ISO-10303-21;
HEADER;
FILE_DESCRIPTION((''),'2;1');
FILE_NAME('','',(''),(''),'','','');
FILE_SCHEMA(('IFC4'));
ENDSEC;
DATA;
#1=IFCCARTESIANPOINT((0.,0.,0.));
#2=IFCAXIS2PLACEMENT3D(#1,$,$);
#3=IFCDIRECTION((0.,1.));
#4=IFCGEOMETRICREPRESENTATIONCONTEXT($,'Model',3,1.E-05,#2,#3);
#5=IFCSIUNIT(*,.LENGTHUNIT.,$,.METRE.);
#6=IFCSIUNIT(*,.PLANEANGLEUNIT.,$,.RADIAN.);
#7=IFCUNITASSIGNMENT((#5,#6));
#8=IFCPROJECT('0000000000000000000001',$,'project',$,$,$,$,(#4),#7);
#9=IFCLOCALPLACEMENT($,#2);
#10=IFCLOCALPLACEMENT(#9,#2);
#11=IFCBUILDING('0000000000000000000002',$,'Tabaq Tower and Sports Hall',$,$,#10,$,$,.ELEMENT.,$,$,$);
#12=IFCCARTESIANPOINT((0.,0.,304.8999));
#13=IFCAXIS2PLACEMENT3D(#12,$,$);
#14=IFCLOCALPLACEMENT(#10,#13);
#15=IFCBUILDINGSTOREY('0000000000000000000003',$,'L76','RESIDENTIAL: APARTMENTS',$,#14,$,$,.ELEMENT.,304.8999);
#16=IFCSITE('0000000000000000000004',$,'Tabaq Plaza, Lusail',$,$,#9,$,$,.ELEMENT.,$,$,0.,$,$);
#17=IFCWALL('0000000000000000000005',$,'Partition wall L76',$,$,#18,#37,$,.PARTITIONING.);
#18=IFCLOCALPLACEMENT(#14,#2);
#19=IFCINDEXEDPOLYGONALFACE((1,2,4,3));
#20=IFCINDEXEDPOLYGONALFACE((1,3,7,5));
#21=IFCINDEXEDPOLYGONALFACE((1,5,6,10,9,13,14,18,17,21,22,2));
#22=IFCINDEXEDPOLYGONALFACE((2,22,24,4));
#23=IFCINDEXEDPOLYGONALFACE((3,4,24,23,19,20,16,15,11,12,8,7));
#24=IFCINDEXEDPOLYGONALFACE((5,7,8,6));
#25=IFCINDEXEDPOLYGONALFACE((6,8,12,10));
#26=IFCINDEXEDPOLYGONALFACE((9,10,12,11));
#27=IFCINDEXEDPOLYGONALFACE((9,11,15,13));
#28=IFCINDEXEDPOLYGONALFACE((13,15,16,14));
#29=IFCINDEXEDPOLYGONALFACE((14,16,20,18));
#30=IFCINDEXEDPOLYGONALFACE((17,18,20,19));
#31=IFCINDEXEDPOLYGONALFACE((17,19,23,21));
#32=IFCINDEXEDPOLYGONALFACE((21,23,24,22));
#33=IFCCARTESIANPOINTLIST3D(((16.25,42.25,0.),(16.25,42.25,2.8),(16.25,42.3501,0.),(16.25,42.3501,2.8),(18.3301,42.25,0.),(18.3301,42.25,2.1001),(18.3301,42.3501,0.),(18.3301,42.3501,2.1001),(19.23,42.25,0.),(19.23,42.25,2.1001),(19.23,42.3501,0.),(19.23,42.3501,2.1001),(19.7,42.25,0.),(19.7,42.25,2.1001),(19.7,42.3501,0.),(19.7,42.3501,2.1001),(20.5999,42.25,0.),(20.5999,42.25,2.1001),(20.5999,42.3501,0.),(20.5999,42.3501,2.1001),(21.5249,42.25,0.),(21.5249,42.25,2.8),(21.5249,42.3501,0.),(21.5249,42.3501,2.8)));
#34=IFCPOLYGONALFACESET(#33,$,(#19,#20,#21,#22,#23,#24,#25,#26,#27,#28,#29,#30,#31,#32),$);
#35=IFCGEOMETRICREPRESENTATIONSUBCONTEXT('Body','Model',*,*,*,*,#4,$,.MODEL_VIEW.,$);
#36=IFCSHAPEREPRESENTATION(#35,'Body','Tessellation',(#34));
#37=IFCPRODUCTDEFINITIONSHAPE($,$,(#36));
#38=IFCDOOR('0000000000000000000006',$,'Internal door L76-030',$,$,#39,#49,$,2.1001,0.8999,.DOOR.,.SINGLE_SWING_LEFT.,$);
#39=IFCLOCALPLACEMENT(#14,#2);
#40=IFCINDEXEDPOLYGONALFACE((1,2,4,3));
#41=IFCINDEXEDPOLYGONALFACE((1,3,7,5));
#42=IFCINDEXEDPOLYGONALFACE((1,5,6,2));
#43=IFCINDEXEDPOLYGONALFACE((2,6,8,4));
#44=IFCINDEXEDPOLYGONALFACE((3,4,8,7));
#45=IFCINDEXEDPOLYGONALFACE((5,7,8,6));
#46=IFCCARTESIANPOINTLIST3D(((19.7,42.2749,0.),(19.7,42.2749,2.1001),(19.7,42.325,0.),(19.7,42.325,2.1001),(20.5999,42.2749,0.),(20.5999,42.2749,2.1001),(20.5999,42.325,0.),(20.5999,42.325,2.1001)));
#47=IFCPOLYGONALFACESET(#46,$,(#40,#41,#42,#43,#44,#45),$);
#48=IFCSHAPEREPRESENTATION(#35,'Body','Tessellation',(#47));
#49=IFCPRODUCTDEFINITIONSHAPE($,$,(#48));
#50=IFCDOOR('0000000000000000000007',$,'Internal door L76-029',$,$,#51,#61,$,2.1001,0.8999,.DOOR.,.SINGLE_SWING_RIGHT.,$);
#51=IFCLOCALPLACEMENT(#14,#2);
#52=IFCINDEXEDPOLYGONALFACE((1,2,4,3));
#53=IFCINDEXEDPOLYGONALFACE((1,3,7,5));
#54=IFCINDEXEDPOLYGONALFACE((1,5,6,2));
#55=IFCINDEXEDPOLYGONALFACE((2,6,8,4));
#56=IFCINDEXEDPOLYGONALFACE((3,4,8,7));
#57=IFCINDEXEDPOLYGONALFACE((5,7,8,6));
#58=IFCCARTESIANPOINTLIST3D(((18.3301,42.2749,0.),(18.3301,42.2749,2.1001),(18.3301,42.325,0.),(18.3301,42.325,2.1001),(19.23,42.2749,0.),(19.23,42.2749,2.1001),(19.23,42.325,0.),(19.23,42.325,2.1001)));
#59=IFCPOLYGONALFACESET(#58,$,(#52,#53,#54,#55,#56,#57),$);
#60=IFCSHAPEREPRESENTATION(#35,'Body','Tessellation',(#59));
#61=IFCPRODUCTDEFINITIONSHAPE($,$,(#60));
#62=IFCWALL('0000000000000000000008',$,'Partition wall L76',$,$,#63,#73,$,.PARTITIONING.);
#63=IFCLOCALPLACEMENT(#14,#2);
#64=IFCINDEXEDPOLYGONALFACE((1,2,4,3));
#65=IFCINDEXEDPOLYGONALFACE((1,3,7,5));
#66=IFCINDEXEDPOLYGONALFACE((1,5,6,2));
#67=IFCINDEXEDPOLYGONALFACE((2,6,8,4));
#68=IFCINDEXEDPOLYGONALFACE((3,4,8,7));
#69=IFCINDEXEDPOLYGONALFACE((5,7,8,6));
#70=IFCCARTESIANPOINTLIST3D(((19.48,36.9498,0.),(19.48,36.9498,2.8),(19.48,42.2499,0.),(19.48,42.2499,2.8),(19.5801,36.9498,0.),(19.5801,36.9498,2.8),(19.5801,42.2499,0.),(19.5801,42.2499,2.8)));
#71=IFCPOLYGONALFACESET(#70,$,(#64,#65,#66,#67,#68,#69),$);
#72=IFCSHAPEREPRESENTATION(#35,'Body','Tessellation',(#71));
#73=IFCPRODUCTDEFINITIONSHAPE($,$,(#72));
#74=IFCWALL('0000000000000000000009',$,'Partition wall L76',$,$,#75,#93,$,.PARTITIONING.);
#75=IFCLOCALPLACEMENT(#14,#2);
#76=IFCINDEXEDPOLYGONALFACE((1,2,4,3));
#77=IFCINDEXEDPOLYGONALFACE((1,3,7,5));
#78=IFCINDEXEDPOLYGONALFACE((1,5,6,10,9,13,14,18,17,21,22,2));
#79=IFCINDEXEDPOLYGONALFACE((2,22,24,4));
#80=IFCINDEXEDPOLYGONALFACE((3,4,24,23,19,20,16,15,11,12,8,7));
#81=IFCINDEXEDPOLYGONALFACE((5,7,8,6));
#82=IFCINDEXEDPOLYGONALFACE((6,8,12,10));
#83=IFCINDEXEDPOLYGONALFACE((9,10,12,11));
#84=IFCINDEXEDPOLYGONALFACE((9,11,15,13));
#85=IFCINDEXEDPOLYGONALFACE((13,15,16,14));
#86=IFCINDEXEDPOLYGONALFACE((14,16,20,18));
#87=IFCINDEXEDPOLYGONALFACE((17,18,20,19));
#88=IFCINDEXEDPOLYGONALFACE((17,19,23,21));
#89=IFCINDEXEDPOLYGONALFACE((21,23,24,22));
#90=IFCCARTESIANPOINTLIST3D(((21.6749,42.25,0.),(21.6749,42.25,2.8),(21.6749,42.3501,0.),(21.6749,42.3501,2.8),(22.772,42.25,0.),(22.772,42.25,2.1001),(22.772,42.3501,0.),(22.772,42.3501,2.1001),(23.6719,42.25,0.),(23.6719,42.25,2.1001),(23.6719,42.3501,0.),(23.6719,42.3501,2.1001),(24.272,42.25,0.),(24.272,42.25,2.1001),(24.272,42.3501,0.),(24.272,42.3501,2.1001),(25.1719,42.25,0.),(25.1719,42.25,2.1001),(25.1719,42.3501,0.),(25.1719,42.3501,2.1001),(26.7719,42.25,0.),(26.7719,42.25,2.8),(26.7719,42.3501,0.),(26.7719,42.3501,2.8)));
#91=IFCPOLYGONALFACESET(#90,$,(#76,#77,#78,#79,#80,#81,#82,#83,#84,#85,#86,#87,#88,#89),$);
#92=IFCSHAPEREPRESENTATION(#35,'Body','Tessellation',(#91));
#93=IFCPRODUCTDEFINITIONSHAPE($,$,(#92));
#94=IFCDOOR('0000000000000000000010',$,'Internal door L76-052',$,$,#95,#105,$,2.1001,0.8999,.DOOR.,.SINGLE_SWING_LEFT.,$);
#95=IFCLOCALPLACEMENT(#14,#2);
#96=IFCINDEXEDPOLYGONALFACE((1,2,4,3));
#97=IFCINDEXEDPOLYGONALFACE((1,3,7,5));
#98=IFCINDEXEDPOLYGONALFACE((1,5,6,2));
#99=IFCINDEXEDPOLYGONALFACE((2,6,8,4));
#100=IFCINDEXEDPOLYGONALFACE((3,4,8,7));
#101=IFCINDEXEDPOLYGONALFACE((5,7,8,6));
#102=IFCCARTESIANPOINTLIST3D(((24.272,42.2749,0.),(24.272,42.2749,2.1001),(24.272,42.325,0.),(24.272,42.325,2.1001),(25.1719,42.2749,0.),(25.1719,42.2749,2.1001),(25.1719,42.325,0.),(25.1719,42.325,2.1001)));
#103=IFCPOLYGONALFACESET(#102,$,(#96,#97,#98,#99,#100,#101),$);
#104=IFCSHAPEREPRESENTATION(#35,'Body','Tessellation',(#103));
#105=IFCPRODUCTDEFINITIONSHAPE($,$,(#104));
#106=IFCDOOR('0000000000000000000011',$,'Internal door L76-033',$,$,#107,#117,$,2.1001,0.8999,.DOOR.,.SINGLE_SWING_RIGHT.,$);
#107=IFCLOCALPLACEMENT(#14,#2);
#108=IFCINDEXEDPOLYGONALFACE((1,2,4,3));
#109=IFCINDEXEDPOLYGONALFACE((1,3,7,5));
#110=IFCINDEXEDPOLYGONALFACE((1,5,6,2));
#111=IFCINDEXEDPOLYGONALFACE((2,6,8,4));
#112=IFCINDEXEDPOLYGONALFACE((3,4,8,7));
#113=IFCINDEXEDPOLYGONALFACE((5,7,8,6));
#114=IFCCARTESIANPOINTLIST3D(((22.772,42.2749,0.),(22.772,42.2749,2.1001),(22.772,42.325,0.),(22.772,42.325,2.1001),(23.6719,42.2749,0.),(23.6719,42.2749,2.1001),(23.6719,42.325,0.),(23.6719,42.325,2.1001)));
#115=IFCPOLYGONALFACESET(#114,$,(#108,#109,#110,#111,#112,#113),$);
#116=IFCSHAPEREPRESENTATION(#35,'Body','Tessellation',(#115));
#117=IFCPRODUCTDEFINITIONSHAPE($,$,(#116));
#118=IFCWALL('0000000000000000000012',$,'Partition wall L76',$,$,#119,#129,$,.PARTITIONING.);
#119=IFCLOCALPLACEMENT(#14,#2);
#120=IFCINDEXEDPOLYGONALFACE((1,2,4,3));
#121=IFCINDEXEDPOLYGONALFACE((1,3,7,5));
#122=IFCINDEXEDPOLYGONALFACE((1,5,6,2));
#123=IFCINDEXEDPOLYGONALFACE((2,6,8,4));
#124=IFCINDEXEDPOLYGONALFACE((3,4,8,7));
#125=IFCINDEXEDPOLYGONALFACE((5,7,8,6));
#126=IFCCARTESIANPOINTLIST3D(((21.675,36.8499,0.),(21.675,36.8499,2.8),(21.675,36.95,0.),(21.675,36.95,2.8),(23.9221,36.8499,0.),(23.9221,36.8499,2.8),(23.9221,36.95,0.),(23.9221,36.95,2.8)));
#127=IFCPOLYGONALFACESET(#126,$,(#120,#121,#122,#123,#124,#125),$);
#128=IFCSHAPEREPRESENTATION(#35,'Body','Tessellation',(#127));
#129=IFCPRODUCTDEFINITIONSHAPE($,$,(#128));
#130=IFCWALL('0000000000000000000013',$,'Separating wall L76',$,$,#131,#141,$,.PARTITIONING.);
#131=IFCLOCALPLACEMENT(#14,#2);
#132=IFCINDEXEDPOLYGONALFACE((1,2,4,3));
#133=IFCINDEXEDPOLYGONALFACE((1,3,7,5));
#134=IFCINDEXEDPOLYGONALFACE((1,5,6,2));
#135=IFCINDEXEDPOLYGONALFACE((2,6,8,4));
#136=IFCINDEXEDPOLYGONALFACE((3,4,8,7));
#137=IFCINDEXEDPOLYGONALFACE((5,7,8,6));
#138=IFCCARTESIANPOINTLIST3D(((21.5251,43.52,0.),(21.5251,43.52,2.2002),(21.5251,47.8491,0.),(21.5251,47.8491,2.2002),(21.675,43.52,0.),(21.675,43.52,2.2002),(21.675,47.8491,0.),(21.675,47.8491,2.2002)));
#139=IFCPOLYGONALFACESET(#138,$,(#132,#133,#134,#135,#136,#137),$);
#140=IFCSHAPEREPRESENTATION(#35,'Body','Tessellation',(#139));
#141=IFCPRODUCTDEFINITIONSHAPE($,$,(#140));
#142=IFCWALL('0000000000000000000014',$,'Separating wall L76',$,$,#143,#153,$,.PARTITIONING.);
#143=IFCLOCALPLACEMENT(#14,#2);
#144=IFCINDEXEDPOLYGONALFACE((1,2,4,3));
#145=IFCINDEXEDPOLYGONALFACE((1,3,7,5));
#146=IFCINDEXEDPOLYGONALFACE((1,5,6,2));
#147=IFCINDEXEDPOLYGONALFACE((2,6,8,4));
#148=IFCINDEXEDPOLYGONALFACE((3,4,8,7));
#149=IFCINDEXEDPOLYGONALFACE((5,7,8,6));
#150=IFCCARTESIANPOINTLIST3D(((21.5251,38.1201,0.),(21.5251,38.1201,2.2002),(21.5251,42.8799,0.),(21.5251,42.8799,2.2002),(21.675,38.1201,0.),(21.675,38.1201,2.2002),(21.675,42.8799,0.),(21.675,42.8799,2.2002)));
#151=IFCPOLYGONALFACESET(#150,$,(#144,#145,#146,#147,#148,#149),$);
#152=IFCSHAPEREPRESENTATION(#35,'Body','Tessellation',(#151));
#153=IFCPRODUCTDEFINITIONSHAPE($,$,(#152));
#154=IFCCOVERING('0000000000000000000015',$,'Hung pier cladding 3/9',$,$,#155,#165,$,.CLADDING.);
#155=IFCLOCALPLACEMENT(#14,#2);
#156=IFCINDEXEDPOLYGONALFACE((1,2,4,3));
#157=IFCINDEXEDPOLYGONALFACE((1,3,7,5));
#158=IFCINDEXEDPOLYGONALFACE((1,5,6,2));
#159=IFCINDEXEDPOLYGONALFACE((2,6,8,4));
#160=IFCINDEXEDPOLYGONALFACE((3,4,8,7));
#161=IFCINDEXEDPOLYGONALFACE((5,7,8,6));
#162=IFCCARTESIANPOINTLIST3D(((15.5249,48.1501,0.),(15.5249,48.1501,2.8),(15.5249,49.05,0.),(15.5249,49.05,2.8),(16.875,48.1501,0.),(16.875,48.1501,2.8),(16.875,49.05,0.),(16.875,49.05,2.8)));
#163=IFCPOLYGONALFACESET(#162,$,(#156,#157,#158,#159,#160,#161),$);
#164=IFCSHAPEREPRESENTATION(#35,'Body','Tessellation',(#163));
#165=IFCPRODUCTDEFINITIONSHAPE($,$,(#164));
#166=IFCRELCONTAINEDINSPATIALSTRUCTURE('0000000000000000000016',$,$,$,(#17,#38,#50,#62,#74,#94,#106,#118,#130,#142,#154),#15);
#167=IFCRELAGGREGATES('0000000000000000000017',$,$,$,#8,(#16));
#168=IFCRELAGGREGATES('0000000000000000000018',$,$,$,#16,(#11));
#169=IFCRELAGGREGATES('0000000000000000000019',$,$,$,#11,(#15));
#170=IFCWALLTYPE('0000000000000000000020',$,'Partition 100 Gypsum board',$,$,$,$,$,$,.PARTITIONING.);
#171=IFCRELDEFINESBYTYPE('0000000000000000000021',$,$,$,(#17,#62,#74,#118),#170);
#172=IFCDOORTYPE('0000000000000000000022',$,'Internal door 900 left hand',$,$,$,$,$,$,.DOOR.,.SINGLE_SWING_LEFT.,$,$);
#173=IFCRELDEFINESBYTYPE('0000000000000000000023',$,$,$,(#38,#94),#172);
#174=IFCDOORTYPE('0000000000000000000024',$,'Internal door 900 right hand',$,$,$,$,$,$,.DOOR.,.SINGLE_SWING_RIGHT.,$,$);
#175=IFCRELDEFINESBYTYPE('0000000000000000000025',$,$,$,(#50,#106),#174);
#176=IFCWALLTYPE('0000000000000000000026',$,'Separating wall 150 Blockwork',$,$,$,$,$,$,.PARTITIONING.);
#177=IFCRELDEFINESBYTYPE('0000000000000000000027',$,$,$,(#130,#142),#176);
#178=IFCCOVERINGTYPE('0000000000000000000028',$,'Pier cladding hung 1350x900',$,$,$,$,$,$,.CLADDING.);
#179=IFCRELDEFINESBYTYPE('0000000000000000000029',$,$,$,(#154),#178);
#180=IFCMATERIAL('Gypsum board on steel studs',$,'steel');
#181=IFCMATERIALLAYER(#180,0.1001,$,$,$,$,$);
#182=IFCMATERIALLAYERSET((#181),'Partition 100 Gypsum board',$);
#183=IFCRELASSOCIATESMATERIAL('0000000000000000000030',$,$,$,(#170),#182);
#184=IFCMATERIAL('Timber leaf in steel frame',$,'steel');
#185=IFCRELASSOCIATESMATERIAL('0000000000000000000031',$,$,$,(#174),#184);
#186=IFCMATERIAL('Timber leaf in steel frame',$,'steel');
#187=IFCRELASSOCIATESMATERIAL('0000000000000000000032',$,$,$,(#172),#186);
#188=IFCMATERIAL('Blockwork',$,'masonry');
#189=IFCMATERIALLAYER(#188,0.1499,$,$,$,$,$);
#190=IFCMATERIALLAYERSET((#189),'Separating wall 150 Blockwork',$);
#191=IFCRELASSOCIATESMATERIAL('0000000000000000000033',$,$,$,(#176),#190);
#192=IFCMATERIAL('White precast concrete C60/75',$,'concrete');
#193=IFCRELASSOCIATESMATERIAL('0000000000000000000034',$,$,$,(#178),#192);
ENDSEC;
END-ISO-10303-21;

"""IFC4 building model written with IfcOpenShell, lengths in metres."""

from ifc_helpers import new_model, si_unit, direction, frame, frame_2d, origin, place, context, subcontext, project, spatial, rectangle, extrude, material, layer, layer_set, type_object, element, fill, save


model = new_model("IFC4")

# Units and contexts
model_context = context("Model", 3, precision=1e-05, world=origin(), true_north=direction((0.0, 1.0)))
body_context = subcontext(model_context, "Body", "Model", "MODEL_VIEW")
ifc_project = project(units=[si_unit("LENGTHUNIT", "METRE"), si_unit("PLANEANGLEUNIT", "RADIAN")], contexts=[model_context])

# Site, building, storey
site_placement = place(None, origin())
site = spatial("IfcSite", under=ifc_project, at=site_placement, Name="Tabaq Plaza, Lusail", CompositionType="ELEMENT", RefElevation=0.0)
building_placement = place(site_placement, origin())
building = spatial("IfcBuilding", under=site, at=building_placement, Name="Tabaq Tower and Sports Hall", CompositionType="ELEMENT")
storey_placement = place(building_placement, frame((0.0, 0.0, 304.8999)))
storey = spatial("IfcBuildingStorey", under=building, at=storey_placement, Name="L76", Description="RESIDENTIAL: APARTMENTS", CompositionType="ELEMENT", Elevation=304.8999)

# Shared definitions
ifc_material_1 = material(Name="Gypsum board on steel studs", Category="steel")
ifc_layer_1 = layer(ifc_material_1, 0.1001)
ifc_layer_set_1 = layer_set([ifc_layer_1], Name="Partition 100 Gypsum board")
wall_type_1 = type_object("IfcWallType", Name="Partition 100 Gypsum board", PredefinedType="PARTITIONING", material=ifc_layer_set_1)

# Shared definitions
ifc_material_2 = material(Name="Timber leaf in steel frame", Category="steel")
door_type_1 = type_object("IfcDoorType", Name="Internal door 900 right hand", OperationType="SINGLE_SWING_RIGHT", PredefinedType="DOOR", material=ifc_material_2)

# Wall, openings, doors
wall_1_placement = place(storey_placement, frame((16.25, 42.3, 0.0), z_axis=(0.0, 0.0, 1.0), x_axis=(1.0, 0.0, 0.0)))
wall_1 = element("IfcWall", 1, at=wall_1_placement, inside=storey, type_object=wall_type_1, Name="Partition wall L76", PredefinedType="PARTITIONING", context=body_context, shape_type="SweptSolid", body=[
    extrude(rectangle(XDim=5.2749, YDim=0.1001, at=frame_2d((2.6375, 0.0))), origin(), (0.0, 0.0, 1.0), 2.8),
])
opening_1_placement = place(wall_1_placement, frame((2.0801, 0.0, 0.0)))
opening_1 = element("IfcOpeningElement", 2, at=opening_1_placement, cuts=wall_1, PredefinedType="OPENING", context=body_context, shape_type="SweptSolid", body=[
    extrude(rectangle(XDim=0.8999, YDim=2.1001, at=frame_2d((0.45, 1.05))), frame((0.0, 0.05, 0.0), z_axis=(0.0, -1.0, 0.0), x_axis=(1.0, 0.0, 0.0)), (0.0, 0.0, 1.0), 0.1001),
])
opening_2_placement = place(wall_1_placement, frame((3.45, 0.0, 0.0)))
opening_2 = element("IfcOpeningElement", 3, at=opening_2_placement, cuts=wall_1, PredefinedType="OPENING", context=body_context, shape_type="SweptSolid", body=[
    extrude(rectangle(XDim=0.8999, YDim=2.1001, at=frame_2d((0.45, 1.05))), frame((0.0, 0.05, 0.0), z_axis=(0.0, -1.0, 0.0), x_axis=(1.0, 0.0, 0.0)), (0.0, 0.0, 1.0), 0.1001),
])
ifc_material_3 = material(Name="Timber leaf in steel frame", Category="steel")
door_type_2 = type_object("IfcDoorType", Name="Internal door 900 left hand", OperationType="SINGLE_SWING_LEFT", PredefinedType="DOOR", material=ifc_material_3)
door_1_placement = place(opening_2_placement, origin())
door_1 = element("IfcDoor", 4, at=door_1_placement, inside=storey, type_object=door_type_2, Name="Internal door L76-030", OperationType="SINGLE_SWING_LEFT", OverallHeight=2.1001, OverallWidth=0.8999, PredefinedType="DOOR", context=body_context, shape_type="SweptSolid", body=[
    extrude(rectangle(XDim=0.8999, YDim=2.1001, at=frame_2d((0.45, 1.05))), frame((0.0, 0.0249, 0.0), z_axis=(0.0, -1.0, 0.0), x_axis=(1.0, 0.0, 0.0)), (0.0, 0.0, 1.0), 0.05),
])
fill(opening_2, door_1)
door_2_placement = place(opening_1_placement, origin())
door_2 = element("IfcDoor", 5, at=door_2_placement, inside=storey, type_object=door_type_1, Name="Internal door L76-029", OperationType="SINGLE_SWING_RIGHT", OverallHeight=2.1001, OverallWidth=0.8999, PredefinedType="DOOR", context=body_context, shape_type="SweptSolid", body=[
    extrude(rectangle(XDim=0.8999, YDim=2.1001, at=frame_2d((0.45, 1.05))), frame((0.0, 0.0249, 0.0), z_axis=(0.0, -1.0, 0.0), x_axis=(1.0, 0.0, 0.0)), (0.0, 0.0, 1.0), 0.05),
])
fill(opening_1, door_2)

# Wall
wall_2_placement = place(storey_placement, frame((19.53, 36.95, 0.0), z_axis=(0.0, 0.0, 1.0), x_axis=(0.0, 1.0, 0.0)))
element("IfcWall", 6, at=wall_2_placement, inside=storey, type_object=wall_type_1, Name="Partition wall L76", PredefinedType="PARTITIONING", context=body_context, shape_type="SweptSolid", body=[
    extrude(rectangle(XDim=5.3, YDim=0.1001, at=frame_2d((2.6499, 0.0))), origin(), (0.0, 0.0, 1.0), 2.8),
])

# Wall, openings, doors
wall_3_placement = place(storey_placement, frame((21.675, 42.3, 0.0), z_axis=(0.0, 0.0, 1.0), x_axis=(1.0, 0.0, 0.0)))
wall_3 = element("IfcWall", 7, at=wall_3_placement, inside=storey, type_object=wall_type_1, Name="Partition wall L76", PredefinedType="PARTITIONING", context=body_context, shape_type="SweptSolid", body=[
    extrude(rectangle(XDim=5.0969, YDim=0.1001, at=frame_2d((2.5483, 0.0))), origin(), (0.0, 0.0, 1.0), 2.8),
])
opening_3_placement = place(wall_3_placement, frame((1.0969, 0.0, 0.0)))
opening_3 = element("IfcOpeningElement", 8, at=opening_3_placement, cuts=wall_3, PredefinedType="OPENING", context=body_context, shape_type="SweptSolid", body=[
    extrude(rectangle(XDim=0.8999, YDim=2.1001, at=frame_2d((0.45, 1.05))), frame((0.0, 0.05, 0.0), z_axis=(0.0, -1.0, 0.0), x_axis=(1.0, 0.0, 0.0)), (0.0, 0.0, 1.0), 0.1001),
])
opening_4_placement = place(wall_3_placement, frame((2.5969, 0.0, 0.0)))
opening_4 = element("IfcOpeningElement", 9, at=opening_4_placement, cuts=wall_3, PredefinedType="OPENING", context=body_context, shape_type="SweptSolid", body=[
    extrude(rectangle(XDim=0.8999, YDim=2.1001, at=frame_2d((0.45, 1.05))), frame((0.0, 0.05, 0.0), z_axis=(0.0, -1.0, 0.0), x_axis=(1.0, 0.0, 0.0)), (0.0, 0.0, 1.0), 0.1001),
])
door_3_placement = place(opening_4_placement, origin())
door_3 = element("IfcDoor", 10, at=door_3_placement, inside=storey, type_object=door_type_2, Name="Internal door L76-052", OperationType="SINGLE_SWING_LEFT", OverallHeight=2.1001, OverallWidth=0.8999, PredefinedType="DOOR", context=body_context, shape_type="SweptSolid", body=[
    extrude(rectangle(XDim=0.8999, YDim=2.1001, at=frame_2d((0.45, 1.05))), frame((0.0, 0.0249, 0.0), z_axis=(0.0, -1.0, 0.0), x_axis=(1.0, 0.0, 0.0)), (0.0, 0.0, 1.0), 0.05),
])
fill(opening_4, door_3)
door_4_placement = place(opening_3_placement, origin())
door_4 = element("IfcDoor", 11, at=door_4_placement, inside=storey, type_object=door_type_1, Name="Internal door L76-033", OperationType="SINGLE_SWING_RIGHT", OverallHeight=2.1001, OverallWidth=0.8999, PredefinedType="DOOR", context=body_context, shape_type="SweptSolid", body=[
    extrude(rectangle(XDim=0.8999, YDim=2.1001, at=frame_2d((0.45, 1.05))), frame((0.0, 0.0249, 0.0), z_axis=(0.0, -1.0, 0.0), x_axis=(1.0, 0.0, 0.0)), (0.0, 0.0, 1.0), 0.05),
])
fill(opening_3, door_4)

# Walls
wall_4_placement = place(storey_placement, frame((21.675, 36.8999, 0.0), z_axis=(0.0, 0.0, 1.0), x_axis=(1.0, 0.0, 0.0)))
element("IfcWall", 12, at=wall_4_placement, inside=storey, type_object=wall_type_1, Name="Partition wall L76", PredefinedType="PARTITIONING", context=body_context, shape_type="SweptSolid", body=[
    extrude(rectangle(XDim=2.2471, YDim=0.1001, at=frame_2d((1.1235, 0.0))), origin(), (0.0, 0.0, 1.0), 2.8),
])
ifc_material_4 = material(Name="Blockwork", Category="masonry")
ifc_layer_2 = layer(ifc_material_4, 0.1499)
ifc_layer_set_2 = layer_set([ifc_layer_2], Name="Separating wall 150 Blockwork")
wall_type_2 = type_object("IfcWallType", Name="Separating wall 150 Blockwork", PredefinedType="PARTITIONING", material=ifc_layer_set_2)
wall_5_placement = place(storey_placement, frame((21.6001, 43.52, 0.0), z_axis=(0.0, 0.0, 1.0), x_axis=(0.0, 1.0, 0.0)))
element("IfcWall", 13, at=wall_5_placement, inside=storey, type_object=wall_type_2, Name="Separating wall L76", PredefinedType="PARTITIONING", context=body_context, shape_type="SweptSolid", body=[
    extrude(rectangle(XDim=4.3291, YDim=0.1499, at=frame_2d((2.1646, 0.0))), origin(), (0.0, 0.0, 1.0), 2.2002),
])
wall_6_placement = place(storey_placement, frame((21.6001, 38.1201, 0.0), z_axis=(0.0, 0.0, 1.0), x_axis=(0.0, 1.0, 0.0)))
element("IfcWall", 14, at=wall_6_placement, inside=storey, type_object=wall_type_2, Name="Separating wall L76", PredefinedType="PARTITIONING", context=body_context, shape_type="SweptSolid", body=[
    extrude(rectangle(XDim=4.7598, YDim=0.1499, at=frame_2d((2.3799, 0.0))), origin(), (0.0, 0.0, 1.0), 2.2002),
])

# Covering
ifc_material_5 = material(Name="White precast concrete C60/75", Category="concrete")
covering_type_1 = type_object("IfcCoveringType", Name="Pier cladding hung 1350x900", PredefinedType="CLADDING", material=ifc_material_5)
covering_1_placement = place(storey_placement, frame((16.875, 48.6001, 0.0), z_axis=(0.0, 0.0, 1.0), x_axis=(-1.0, 0.0, 0.0)))
element("IfcCovering", 15, at=covering_1_placement, inside=storey, type_object=covering_type_1, Name="Hung pier cladding 3/9", PredefinedType="CLADDING", context=body_context, shape_type="SweptSolid", body=[
    extrude(rectangle(XDim=1.3501, YDim=0.8999, at=frame_2d((0.675, 0.0))), origin(), (0.0, 0.0, 1.0), 2.8),
])

save(model, "model.ifc")
